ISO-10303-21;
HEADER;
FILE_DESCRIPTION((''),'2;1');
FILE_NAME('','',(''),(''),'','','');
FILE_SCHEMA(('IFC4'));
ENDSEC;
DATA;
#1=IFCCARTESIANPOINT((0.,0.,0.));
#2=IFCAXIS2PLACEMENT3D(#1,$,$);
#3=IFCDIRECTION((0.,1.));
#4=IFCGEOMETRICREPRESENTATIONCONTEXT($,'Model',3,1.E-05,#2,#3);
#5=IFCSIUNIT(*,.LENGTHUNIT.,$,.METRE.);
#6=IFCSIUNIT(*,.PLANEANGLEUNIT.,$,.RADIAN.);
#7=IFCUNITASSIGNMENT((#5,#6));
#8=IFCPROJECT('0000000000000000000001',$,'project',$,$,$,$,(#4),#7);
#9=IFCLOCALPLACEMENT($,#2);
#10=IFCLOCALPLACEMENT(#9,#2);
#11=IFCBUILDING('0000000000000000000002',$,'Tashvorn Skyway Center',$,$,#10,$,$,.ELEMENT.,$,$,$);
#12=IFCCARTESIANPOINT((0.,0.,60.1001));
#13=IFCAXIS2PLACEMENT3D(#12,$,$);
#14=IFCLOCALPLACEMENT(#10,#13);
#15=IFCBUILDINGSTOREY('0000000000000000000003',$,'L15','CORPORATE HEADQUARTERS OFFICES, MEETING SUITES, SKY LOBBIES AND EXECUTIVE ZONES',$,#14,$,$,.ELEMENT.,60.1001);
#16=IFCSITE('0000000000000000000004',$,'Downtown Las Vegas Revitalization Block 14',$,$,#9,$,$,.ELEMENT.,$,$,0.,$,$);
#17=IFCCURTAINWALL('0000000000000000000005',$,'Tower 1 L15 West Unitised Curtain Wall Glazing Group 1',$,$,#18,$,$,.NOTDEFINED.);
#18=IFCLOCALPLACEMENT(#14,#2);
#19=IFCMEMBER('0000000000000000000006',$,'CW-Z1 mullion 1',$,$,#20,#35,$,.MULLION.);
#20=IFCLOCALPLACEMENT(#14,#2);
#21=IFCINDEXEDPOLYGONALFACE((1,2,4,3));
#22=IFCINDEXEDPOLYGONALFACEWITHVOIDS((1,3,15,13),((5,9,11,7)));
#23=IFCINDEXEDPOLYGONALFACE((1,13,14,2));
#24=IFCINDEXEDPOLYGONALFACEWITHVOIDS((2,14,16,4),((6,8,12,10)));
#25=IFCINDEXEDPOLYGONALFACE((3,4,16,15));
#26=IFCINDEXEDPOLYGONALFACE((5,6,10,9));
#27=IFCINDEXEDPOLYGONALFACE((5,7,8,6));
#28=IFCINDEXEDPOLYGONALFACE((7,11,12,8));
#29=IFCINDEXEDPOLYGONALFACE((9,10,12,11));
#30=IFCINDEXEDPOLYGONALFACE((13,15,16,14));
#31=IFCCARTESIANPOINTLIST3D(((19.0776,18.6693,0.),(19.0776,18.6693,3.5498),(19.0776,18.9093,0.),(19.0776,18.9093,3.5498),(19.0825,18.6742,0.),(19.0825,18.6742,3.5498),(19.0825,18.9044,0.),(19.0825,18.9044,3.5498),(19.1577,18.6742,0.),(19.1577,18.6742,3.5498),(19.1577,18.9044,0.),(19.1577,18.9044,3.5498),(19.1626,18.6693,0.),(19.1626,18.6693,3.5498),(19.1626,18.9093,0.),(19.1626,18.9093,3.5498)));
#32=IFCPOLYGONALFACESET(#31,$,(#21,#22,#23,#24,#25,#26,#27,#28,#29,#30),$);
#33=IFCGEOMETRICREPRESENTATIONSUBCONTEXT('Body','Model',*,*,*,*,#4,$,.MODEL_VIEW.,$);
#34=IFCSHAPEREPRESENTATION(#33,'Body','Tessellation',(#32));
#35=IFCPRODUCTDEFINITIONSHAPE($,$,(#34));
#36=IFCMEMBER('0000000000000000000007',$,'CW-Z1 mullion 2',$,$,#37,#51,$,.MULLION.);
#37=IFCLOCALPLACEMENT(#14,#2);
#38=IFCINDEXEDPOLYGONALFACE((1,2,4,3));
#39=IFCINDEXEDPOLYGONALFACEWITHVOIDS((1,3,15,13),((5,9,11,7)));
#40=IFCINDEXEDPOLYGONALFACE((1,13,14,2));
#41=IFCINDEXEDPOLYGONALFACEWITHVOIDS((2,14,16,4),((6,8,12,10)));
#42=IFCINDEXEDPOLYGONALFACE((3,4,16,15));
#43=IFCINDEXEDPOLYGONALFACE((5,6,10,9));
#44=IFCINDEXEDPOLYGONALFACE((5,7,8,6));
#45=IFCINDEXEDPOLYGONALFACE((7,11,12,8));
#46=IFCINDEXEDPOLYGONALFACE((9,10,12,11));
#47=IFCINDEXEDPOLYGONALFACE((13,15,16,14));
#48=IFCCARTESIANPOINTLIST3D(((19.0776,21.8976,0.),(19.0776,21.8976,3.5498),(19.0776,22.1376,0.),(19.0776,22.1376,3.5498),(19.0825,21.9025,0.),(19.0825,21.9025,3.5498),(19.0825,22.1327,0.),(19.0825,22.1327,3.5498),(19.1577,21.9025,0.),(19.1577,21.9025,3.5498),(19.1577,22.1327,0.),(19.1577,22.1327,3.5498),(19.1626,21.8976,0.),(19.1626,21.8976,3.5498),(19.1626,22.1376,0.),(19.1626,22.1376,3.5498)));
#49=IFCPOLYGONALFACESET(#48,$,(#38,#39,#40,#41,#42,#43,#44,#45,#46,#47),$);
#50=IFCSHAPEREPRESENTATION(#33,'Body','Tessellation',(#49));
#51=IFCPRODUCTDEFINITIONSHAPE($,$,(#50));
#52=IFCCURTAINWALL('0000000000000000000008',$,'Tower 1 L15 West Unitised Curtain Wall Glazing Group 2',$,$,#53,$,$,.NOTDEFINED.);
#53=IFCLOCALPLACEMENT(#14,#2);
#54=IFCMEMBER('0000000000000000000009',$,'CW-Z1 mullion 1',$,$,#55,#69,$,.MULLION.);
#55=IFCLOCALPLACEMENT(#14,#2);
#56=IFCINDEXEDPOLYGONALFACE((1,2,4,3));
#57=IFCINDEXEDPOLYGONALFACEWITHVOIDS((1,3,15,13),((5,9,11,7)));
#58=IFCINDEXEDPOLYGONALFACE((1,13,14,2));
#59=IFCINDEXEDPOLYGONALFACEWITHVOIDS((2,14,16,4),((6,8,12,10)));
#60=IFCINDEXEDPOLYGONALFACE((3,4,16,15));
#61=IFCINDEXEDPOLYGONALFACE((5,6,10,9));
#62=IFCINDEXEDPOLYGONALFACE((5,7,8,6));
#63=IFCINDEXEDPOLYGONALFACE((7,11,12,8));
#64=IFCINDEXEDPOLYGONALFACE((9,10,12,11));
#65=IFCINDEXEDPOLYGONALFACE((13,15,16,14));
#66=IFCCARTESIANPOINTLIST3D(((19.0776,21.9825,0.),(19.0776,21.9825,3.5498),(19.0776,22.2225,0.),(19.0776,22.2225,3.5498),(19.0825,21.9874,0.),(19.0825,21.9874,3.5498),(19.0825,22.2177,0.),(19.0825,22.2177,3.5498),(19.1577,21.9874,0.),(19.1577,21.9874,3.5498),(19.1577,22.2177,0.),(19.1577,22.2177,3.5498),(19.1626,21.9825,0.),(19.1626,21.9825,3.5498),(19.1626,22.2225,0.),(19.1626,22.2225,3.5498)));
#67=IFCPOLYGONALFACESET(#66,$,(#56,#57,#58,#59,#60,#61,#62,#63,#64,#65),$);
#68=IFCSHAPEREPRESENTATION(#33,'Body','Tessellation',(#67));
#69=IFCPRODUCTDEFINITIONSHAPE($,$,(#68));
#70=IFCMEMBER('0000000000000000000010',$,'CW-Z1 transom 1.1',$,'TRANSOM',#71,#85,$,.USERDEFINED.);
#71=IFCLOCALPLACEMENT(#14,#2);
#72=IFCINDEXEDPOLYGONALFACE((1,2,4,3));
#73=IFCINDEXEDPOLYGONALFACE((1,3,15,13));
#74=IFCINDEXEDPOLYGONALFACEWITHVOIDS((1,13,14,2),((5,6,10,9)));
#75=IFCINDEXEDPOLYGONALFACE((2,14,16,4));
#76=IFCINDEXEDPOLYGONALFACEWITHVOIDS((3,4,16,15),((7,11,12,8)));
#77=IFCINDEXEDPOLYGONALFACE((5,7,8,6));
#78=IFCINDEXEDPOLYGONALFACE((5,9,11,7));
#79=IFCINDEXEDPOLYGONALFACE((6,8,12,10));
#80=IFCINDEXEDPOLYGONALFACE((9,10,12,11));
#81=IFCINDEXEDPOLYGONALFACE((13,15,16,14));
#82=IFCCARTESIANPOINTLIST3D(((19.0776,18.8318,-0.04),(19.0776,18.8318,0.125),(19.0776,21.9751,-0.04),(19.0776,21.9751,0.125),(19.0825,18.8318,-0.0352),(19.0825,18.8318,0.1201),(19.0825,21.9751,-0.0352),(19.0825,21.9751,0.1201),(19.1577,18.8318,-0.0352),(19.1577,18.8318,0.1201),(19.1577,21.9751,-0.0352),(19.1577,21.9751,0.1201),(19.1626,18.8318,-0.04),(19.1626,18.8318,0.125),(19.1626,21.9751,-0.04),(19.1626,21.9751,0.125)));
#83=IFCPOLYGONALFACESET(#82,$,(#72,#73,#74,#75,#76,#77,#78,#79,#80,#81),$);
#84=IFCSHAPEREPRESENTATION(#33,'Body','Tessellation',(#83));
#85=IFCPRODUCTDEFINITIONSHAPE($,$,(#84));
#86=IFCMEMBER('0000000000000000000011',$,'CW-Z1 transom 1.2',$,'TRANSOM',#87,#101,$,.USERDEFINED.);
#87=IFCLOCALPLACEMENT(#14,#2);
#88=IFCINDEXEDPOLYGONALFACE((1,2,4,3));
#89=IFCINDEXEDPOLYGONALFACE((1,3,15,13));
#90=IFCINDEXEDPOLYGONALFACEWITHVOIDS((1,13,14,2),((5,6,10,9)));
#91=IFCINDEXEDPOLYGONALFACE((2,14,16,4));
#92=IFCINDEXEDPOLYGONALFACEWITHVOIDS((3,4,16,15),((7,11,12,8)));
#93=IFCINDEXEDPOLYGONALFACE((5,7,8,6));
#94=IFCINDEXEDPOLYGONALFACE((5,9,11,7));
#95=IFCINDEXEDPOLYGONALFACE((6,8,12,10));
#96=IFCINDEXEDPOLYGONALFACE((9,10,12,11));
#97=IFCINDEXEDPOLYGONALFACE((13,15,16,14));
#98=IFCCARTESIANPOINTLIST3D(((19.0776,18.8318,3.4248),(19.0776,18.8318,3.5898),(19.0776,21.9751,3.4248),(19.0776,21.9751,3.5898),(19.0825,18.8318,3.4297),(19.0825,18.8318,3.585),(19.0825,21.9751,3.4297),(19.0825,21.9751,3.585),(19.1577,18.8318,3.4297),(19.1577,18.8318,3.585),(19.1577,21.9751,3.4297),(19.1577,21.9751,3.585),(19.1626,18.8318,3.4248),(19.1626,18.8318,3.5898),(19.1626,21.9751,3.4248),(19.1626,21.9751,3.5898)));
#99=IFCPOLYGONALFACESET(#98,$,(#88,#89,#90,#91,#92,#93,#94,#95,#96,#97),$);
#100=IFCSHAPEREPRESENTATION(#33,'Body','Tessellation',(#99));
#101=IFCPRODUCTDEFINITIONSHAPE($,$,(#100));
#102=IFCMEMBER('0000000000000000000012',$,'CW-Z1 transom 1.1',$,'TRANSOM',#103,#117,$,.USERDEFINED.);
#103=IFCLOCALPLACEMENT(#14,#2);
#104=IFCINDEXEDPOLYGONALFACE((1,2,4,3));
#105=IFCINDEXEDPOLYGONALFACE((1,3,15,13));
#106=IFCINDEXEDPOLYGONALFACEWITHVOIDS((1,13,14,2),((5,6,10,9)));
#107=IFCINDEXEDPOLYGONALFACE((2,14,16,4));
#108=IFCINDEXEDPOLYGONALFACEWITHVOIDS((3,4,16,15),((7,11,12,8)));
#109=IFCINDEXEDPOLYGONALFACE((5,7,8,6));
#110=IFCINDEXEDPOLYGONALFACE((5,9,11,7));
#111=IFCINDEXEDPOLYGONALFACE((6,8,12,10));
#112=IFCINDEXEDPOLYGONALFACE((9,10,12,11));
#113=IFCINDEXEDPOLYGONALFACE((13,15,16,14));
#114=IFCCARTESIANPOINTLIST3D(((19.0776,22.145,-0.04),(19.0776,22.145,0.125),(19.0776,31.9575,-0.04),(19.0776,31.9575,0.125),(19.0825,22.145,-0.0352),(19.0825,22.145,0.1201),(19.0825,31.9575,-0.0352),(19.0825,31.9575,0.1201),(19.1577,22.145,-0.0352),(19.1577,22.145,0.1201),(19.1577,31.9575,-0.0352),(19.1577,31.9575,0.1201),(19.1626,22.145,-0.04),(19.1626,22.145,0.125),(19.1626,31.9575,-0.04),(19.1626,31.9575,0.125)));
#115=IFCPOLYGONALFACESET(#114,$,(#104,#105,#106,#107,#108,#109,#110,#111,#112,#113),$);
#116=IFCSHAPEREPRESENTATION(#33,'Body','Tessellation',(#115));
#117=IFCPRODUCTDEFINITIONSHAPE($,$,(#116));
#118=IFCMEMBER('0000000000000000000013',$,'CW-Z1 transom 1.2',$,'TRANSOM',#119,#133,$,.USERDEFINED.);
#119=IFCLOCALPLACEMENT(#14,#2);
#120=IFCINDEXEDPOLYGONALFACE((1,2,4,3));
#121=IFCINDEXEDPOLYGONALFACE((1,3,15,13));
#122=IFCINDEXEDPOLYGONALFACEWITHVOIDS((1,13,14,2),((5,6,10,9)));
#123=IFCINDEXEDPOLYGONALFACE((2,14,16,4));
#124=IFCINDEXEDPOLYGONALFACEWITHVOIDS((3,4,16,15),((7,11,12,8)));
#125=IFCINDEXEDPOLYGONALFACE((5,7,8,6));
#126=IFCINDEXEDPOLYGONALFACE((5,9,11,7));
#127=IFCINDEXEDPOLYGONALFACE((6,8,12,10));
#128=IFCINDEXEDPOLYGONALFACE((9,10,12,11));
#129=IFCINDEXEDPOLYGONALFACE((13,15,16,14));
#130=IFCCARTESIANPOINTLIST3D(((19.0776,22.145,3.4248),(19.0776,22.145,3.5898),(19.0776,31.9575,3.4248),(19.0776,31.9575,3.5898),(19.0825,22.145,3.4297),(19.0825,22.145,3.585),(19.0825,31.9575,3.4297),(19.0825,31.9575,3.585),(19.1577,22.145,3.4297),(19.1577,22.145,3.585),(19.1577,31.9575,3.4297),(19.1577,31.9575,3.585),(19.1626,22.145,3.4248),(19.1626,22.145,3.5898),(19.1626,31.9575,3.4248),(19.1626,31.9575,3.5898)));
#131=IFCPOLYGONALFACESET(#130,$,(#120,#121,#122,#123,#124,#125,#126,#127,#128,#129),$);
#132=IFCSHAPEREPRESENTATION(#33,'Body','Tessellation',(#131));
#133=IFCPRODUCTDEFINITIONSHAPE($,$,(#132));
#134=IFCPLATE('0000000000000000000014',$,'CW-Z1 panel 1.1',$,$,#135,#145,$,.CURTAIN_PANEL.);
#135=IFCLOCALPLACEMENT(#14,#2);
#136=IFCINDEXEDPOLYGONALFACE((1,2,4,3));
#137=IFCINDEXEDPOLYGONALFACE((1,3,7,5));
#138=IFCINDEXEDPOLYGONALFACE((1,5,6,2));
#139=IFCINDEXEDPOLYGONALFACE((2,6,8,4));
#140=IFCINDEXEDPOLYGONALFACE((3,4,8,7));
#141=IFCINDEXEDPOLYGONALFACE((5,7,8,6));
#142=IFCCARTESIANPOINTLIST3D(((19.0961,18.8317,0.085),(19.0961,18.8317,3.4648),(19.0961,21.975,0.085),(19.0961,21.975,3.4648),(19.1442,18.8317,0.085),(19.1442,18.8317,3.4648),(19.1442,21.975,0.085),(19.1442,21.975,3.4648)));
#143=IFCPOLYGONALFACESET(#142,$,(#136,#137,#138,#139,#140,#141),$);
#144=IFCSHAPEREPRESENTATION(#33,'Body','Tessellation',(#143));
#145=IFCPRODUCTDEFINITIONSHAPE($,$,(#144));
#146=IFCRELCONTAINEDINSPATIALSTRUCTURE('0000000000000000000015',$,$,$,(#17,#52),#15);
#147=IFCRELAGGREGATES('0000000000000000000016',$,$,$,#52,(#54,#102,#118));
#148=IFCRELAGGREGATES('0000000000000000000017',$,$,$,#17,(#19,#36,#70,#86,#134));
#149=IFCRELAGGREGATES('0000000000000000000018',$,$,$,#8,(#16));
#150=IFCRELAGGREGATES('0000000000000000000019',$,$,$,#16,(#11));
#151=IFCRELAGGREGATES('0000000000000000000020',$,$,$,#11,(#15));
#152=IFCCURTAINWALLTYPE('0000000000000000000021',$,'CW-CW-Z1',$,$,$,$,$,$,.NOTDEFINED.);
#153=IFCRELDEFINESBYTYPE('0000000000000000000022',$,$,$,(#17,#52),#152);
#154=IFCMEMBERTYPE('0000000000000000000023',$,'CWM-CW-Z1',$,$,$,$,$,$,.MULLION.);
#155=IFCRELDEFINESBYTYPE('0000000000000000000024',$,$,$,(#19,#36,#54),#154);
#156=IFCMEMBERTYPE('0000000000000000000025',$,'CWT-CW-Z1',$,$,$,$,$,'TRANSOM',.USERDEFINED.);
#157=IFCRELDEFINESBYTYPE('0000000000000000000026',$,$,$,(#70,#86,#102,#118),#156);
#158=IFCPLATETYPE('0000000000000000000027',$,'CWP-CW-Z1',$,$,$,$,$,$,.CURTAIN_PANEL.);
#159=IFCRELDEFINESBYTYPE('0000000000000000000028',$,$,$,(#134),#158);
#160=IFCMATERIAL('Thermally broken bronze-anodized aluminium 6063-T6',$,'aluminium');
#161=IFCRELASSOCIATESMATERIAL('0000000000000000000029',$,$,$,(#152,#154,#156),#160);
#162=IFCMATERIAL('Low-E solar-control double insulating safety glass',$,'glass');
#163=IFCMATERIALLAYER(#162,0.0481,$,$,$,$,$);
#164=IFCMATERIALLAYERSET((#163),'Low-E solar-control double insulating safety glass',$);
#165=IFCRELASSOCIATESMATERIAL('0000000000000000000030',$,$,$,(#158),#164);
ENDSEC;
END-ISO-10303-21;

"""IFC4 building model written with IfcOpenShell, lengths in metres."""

from ifc_helpers import new_model, si_unit, direction, frame, origin, origin_2d, place, context, subcontext, project, spatial, rectangle, hollow_rectangle, extrude, material, layer, layer_set, material_profile, profile_set, type_object, element, aggregate, save


model = new_model("IFC4")

# Units and contexts
model_context = context("Model", 3, precision=1e-05, world=origin(), true_north=direction((0.0, 1.0)))
body_context = subcontext(model_context, "Body", "Model", "MODEL_VIEW")
ifc_project = project(units=[si_unit("LENGTHUNIT", "METRE"), si_unit("PLANEANGLEUNIT", "RADIAN")], contexts=[model_context])

# Site, building, storey
site_placement = place(None, origin())
site = spatial("IfcSite", under=ifc_project, at=site_placement, Name="Downtown Las Vegas Revitalization Block 14", CompositionType="ELEMENT", RefElevation=0.0)
building_placement = place(site_placement, origin())
building = spatial("IfcBuilding", under=site, at=building_placement, Name="Tashvorn Skyway Center", CompositionType="ELEMENT")
storey_placement = place(building_placement, frame((0.0, 0.0, 60.1001)))
storey = spatial("IfcBuildingStorey", under=building, at=storey_placement, Name="L15", Description="CORPORATE HEADQUARTERS OFFICES, MEETING SUITES, SKY LOBBIES AND EXECUTIVE ZONES", CompositionType="ELEMENT", Elevation=60.1001)

# Curtain wall, members
ifc_material_1 = material(Name="Thermally broken bronze-anodized aluminium 6063-T6", Category="aluminium")
curtain_wall_type = type_object("IfcCurtainWallType", Name="CW-CW-Z1", PredefinedType="NOTDEFINED", material=ifc_material_1)
curtain_wall_1_placement = place(storey_placement, origin())
curtain_wall_1 = element("IfcCurtainWall", 1, at=curtain_wall_1_placement, inside=storey, type_object=curtain_wall_type, Name="Tower 1 L15 West Unitised Curtain Wall Glazing Group 1", PredefinedType="NOTDEFINED")
ifc_material_profile_1 = material_profile(ifc_material_1, hollow_rectangle(XDim=0.085, YDim=0.24, WallThickness=0.0049, at=origin_2d()), Name="ALU-MULL-85x240")
ifc_profile_set_1 = profile_set([ifc_material_profile_1], Name="Thermally broken bronze-anodized aluminium 6063-T6")
member_type_1 = type_object("IfcMemberType", Name="CWM-CW-Z1", PredefinedType="MULLION", material=ifc_profile_set_1)
member_1_placement = place(storey_placement, frame((19.1201, 18.7893, 0.0), z_axis=(0.0, 0.0, 1.0), x_axis=(-1.0, 0.0, 0.0)))
member_1 = element("IfcMember", 2, at=member_1_placement, type_object=member_type_1, Name="CW-Z1 mullion 1", PredefinedType="MULLION", context=body_context, shape_type="SweptSolid", body=[
    extrude(hollow_rectangle(XDim=0.085, YDim=0.24, WallThickness=0.0049, at=origin_2d()), origin(), (0.0, 0.0, 1.0), 3.5498),
])
member_2_placement = place(storey_placement, frame((19.1201, 22.0176, 0.0), z_axis=(0.0, 0.0, 1.0), x_axis=(-1.0, 0.0, 0.0)))
member_2 = element("IfcMember", 3, at=member_2_placement, type_object=member_type_1, Name="CW-Z1 mullion 2", PredefinedType="MULLION", context=body_context, shape_type="SweptSolid", body=[
    extrude(hollow_rectangle(XDim=0.085, YDim=0.24, WallThickness=0.0049, at=origin_2d()), origin(), (0.0, 0.0, 1.0), 3.5498),
])

# Curtain wall, member
curtain_wall_2_placement = place(storey_placement, origin())
curtain_wall_2 = element("IfcCurtainWall", 4, at=curtain_wall_2_placement, inside=storey, type_object=curtain_wall_type, Name="Tower 1 L15 West Unitised Curtain Wall Glazing Group 2", PredefinedType="NOTDEFINED")
member_3_placement = place(storey_placement, frame((19.1201, 22.1025, 0.0), z_axis=(0.0, 0.0, 1.0), x_axis=(-1.0, 0.0, 0.0)))
member_3 = element("IfcMember", 5, at=member_3_placement, type_object=member_type_1, Name="CW-Z1 mullion 1", PredefinedType="MULLION", context=body_context, shape_type="SweptSolid", body=[
    extrude(hollow_rectangle(XDim=0.085, YDim=0.24, WallThickness=0.0049, at=origin_2d()), origin(), (0.0, 0.0, 1.0), 3.5498),
])

# Members
ifc_material_profile_2 = material_profile(ifc_material_1, hollow_rectangle(XDim=0.085, YDim=0.165, WallThickness=0.0049, at=origin_2d()), Name="ALU-TRAN-85x165")
ifc_profile_set_2 = profile_set([ifc_material_profile_2], Name="Thermally broken bronze-anodized aluminium 6063-T6")
member_type_2 = type_object("IfcMemberType", Name="CWT-CW-Z1", ElementType="TRANSOM", PredefinedType="USERDEFINED", material=ifc_profile_set_2)
member_4_placement = place(storey_placement, frame((19.1201, 18.8318, 0.0425), z_axis=(0.0, 1.0, 0.0), x_axis=(-1.0, 0.0, 0.0)))
member_4 = element("IfcMember", 6, at=member_4_placement, type_object=member_type_2, Name="CW-Z1 transom 1.1", ObjectType="TRANSOM", PredefinedType="USERDEFINED", context=body_context, shape_type="SweptSolid", body=[
    extrude(hollow_rectangle(XDim=0.085, YDim=0.165, WallThickness=0.0049, at=origin_2d()), origin(), (0.0, 0.0, 1.0), 3.1433),
])
member_5_placement = place(storey_placement, frame((19.1201, 18.8318, 3.5073), z_axis=(0.0, 1.0, 0.0), x_axis=(-1.0, 0.0, 0.0)))
member_5 = element("IfcMember", 7, at=member_5_placement, type_object=member_type_2, Name="CW-Z1 transom 1.2", ObjectType="TRANSOM", PredefinedType="USERDEFINED", context=body_context, shape_type="SweptSolid", body=[
    extrude(hollow_rectangle(XDim=0.085, YDim=0.165, WallThickness=0.0049, at=origin_2d()), origin(), (0.0, 0.0, 1.0), 3.1433),
])
member_6_placement = place(storey_placement, frame((19.1201, 22.145, 0.0425), z_axis=(0.0, 1.0, 0.0), x_axis=(-1.0, 0.0, 0.0)))
member_6 = element("IfcMember", 8, at=member_6_placement, type_object=member_type_2, Name="CW-Z1 transom 1.1", ObjectType="TRANSOM", PredefinedType="USERDEFINED", context=body_context, shape_type="SweptSolid", body=[
    extrude(hollow_rectangle(XDim=0.085, YDim=0.165, WallThickness=0.0049, at=origin_2d()), origin(), (0.0, 0.0, 1.0), 9.8125),
])
member_7_placement = place(storey_placement, frame((19.1201, 22.145, 3.5073), z_axis=(0.0, 1.0, 0.0), x_axis=(-1.0, 0.0, 0.0)))
member_7 = element("IfcMember", 9, at=member_7_placement, type_object=member_type_2, Name="CW-Z1 transom 1.2", ObjectType="TRANSOM", PredefinedType="USERDEFINED", context=body_context, shape_type="SweptSolid", body=[
    extrude(hollow_rectangle(XDim=0.085, YDim=0.165, WallThickness=0.0049, at=origin_2d()), origin(), (0.0, 0.0, 1.0), 9.8125),
])
aggregate(curtain_wall_2, [member_3, member_6, member_7])

# Plate
ifc_material_2 = material(Name="Low-E solar-control double insulating safety glass", Category="glass")
ifc_layer_1 = layer(ifc_material_2, 0.0481)
ifc_layer_set_1 = layer_set([ifc_layer_1], Name="Low-E solar-control double insulating safety glass")
plate_type = type_object("IfcPlateType", Name="CWP-CW-Z1", PredefinedType="CURTAIN_PANEL", material=ifc_layer_set_1)
plate_placement = place(storey_placement, frame((19.1201, 20.4033, 0.085), z_axis=(0.0, 0.0, 1.0), x_axis=(0.0, 1.0, 0.0)))
plate = element("IfcPlate", 10, at=plate_placement, type_object=plate_type, Name="CW-Z1 panel 1.1", PredefinedType="CURTAIN_PANEL", context=body_context, shape_type="SweptSolid", body=[
    extrude(rectangle(XDim=3.1433, YDim=0.0481, at=origin_2d()), origin(), (0.0, 0.0, 1.0), 3.3799),
])
aggregate(curtain_wall_1, [member_1, member_2, member_4, member_5, plate])

save(model, "model.ifc")
